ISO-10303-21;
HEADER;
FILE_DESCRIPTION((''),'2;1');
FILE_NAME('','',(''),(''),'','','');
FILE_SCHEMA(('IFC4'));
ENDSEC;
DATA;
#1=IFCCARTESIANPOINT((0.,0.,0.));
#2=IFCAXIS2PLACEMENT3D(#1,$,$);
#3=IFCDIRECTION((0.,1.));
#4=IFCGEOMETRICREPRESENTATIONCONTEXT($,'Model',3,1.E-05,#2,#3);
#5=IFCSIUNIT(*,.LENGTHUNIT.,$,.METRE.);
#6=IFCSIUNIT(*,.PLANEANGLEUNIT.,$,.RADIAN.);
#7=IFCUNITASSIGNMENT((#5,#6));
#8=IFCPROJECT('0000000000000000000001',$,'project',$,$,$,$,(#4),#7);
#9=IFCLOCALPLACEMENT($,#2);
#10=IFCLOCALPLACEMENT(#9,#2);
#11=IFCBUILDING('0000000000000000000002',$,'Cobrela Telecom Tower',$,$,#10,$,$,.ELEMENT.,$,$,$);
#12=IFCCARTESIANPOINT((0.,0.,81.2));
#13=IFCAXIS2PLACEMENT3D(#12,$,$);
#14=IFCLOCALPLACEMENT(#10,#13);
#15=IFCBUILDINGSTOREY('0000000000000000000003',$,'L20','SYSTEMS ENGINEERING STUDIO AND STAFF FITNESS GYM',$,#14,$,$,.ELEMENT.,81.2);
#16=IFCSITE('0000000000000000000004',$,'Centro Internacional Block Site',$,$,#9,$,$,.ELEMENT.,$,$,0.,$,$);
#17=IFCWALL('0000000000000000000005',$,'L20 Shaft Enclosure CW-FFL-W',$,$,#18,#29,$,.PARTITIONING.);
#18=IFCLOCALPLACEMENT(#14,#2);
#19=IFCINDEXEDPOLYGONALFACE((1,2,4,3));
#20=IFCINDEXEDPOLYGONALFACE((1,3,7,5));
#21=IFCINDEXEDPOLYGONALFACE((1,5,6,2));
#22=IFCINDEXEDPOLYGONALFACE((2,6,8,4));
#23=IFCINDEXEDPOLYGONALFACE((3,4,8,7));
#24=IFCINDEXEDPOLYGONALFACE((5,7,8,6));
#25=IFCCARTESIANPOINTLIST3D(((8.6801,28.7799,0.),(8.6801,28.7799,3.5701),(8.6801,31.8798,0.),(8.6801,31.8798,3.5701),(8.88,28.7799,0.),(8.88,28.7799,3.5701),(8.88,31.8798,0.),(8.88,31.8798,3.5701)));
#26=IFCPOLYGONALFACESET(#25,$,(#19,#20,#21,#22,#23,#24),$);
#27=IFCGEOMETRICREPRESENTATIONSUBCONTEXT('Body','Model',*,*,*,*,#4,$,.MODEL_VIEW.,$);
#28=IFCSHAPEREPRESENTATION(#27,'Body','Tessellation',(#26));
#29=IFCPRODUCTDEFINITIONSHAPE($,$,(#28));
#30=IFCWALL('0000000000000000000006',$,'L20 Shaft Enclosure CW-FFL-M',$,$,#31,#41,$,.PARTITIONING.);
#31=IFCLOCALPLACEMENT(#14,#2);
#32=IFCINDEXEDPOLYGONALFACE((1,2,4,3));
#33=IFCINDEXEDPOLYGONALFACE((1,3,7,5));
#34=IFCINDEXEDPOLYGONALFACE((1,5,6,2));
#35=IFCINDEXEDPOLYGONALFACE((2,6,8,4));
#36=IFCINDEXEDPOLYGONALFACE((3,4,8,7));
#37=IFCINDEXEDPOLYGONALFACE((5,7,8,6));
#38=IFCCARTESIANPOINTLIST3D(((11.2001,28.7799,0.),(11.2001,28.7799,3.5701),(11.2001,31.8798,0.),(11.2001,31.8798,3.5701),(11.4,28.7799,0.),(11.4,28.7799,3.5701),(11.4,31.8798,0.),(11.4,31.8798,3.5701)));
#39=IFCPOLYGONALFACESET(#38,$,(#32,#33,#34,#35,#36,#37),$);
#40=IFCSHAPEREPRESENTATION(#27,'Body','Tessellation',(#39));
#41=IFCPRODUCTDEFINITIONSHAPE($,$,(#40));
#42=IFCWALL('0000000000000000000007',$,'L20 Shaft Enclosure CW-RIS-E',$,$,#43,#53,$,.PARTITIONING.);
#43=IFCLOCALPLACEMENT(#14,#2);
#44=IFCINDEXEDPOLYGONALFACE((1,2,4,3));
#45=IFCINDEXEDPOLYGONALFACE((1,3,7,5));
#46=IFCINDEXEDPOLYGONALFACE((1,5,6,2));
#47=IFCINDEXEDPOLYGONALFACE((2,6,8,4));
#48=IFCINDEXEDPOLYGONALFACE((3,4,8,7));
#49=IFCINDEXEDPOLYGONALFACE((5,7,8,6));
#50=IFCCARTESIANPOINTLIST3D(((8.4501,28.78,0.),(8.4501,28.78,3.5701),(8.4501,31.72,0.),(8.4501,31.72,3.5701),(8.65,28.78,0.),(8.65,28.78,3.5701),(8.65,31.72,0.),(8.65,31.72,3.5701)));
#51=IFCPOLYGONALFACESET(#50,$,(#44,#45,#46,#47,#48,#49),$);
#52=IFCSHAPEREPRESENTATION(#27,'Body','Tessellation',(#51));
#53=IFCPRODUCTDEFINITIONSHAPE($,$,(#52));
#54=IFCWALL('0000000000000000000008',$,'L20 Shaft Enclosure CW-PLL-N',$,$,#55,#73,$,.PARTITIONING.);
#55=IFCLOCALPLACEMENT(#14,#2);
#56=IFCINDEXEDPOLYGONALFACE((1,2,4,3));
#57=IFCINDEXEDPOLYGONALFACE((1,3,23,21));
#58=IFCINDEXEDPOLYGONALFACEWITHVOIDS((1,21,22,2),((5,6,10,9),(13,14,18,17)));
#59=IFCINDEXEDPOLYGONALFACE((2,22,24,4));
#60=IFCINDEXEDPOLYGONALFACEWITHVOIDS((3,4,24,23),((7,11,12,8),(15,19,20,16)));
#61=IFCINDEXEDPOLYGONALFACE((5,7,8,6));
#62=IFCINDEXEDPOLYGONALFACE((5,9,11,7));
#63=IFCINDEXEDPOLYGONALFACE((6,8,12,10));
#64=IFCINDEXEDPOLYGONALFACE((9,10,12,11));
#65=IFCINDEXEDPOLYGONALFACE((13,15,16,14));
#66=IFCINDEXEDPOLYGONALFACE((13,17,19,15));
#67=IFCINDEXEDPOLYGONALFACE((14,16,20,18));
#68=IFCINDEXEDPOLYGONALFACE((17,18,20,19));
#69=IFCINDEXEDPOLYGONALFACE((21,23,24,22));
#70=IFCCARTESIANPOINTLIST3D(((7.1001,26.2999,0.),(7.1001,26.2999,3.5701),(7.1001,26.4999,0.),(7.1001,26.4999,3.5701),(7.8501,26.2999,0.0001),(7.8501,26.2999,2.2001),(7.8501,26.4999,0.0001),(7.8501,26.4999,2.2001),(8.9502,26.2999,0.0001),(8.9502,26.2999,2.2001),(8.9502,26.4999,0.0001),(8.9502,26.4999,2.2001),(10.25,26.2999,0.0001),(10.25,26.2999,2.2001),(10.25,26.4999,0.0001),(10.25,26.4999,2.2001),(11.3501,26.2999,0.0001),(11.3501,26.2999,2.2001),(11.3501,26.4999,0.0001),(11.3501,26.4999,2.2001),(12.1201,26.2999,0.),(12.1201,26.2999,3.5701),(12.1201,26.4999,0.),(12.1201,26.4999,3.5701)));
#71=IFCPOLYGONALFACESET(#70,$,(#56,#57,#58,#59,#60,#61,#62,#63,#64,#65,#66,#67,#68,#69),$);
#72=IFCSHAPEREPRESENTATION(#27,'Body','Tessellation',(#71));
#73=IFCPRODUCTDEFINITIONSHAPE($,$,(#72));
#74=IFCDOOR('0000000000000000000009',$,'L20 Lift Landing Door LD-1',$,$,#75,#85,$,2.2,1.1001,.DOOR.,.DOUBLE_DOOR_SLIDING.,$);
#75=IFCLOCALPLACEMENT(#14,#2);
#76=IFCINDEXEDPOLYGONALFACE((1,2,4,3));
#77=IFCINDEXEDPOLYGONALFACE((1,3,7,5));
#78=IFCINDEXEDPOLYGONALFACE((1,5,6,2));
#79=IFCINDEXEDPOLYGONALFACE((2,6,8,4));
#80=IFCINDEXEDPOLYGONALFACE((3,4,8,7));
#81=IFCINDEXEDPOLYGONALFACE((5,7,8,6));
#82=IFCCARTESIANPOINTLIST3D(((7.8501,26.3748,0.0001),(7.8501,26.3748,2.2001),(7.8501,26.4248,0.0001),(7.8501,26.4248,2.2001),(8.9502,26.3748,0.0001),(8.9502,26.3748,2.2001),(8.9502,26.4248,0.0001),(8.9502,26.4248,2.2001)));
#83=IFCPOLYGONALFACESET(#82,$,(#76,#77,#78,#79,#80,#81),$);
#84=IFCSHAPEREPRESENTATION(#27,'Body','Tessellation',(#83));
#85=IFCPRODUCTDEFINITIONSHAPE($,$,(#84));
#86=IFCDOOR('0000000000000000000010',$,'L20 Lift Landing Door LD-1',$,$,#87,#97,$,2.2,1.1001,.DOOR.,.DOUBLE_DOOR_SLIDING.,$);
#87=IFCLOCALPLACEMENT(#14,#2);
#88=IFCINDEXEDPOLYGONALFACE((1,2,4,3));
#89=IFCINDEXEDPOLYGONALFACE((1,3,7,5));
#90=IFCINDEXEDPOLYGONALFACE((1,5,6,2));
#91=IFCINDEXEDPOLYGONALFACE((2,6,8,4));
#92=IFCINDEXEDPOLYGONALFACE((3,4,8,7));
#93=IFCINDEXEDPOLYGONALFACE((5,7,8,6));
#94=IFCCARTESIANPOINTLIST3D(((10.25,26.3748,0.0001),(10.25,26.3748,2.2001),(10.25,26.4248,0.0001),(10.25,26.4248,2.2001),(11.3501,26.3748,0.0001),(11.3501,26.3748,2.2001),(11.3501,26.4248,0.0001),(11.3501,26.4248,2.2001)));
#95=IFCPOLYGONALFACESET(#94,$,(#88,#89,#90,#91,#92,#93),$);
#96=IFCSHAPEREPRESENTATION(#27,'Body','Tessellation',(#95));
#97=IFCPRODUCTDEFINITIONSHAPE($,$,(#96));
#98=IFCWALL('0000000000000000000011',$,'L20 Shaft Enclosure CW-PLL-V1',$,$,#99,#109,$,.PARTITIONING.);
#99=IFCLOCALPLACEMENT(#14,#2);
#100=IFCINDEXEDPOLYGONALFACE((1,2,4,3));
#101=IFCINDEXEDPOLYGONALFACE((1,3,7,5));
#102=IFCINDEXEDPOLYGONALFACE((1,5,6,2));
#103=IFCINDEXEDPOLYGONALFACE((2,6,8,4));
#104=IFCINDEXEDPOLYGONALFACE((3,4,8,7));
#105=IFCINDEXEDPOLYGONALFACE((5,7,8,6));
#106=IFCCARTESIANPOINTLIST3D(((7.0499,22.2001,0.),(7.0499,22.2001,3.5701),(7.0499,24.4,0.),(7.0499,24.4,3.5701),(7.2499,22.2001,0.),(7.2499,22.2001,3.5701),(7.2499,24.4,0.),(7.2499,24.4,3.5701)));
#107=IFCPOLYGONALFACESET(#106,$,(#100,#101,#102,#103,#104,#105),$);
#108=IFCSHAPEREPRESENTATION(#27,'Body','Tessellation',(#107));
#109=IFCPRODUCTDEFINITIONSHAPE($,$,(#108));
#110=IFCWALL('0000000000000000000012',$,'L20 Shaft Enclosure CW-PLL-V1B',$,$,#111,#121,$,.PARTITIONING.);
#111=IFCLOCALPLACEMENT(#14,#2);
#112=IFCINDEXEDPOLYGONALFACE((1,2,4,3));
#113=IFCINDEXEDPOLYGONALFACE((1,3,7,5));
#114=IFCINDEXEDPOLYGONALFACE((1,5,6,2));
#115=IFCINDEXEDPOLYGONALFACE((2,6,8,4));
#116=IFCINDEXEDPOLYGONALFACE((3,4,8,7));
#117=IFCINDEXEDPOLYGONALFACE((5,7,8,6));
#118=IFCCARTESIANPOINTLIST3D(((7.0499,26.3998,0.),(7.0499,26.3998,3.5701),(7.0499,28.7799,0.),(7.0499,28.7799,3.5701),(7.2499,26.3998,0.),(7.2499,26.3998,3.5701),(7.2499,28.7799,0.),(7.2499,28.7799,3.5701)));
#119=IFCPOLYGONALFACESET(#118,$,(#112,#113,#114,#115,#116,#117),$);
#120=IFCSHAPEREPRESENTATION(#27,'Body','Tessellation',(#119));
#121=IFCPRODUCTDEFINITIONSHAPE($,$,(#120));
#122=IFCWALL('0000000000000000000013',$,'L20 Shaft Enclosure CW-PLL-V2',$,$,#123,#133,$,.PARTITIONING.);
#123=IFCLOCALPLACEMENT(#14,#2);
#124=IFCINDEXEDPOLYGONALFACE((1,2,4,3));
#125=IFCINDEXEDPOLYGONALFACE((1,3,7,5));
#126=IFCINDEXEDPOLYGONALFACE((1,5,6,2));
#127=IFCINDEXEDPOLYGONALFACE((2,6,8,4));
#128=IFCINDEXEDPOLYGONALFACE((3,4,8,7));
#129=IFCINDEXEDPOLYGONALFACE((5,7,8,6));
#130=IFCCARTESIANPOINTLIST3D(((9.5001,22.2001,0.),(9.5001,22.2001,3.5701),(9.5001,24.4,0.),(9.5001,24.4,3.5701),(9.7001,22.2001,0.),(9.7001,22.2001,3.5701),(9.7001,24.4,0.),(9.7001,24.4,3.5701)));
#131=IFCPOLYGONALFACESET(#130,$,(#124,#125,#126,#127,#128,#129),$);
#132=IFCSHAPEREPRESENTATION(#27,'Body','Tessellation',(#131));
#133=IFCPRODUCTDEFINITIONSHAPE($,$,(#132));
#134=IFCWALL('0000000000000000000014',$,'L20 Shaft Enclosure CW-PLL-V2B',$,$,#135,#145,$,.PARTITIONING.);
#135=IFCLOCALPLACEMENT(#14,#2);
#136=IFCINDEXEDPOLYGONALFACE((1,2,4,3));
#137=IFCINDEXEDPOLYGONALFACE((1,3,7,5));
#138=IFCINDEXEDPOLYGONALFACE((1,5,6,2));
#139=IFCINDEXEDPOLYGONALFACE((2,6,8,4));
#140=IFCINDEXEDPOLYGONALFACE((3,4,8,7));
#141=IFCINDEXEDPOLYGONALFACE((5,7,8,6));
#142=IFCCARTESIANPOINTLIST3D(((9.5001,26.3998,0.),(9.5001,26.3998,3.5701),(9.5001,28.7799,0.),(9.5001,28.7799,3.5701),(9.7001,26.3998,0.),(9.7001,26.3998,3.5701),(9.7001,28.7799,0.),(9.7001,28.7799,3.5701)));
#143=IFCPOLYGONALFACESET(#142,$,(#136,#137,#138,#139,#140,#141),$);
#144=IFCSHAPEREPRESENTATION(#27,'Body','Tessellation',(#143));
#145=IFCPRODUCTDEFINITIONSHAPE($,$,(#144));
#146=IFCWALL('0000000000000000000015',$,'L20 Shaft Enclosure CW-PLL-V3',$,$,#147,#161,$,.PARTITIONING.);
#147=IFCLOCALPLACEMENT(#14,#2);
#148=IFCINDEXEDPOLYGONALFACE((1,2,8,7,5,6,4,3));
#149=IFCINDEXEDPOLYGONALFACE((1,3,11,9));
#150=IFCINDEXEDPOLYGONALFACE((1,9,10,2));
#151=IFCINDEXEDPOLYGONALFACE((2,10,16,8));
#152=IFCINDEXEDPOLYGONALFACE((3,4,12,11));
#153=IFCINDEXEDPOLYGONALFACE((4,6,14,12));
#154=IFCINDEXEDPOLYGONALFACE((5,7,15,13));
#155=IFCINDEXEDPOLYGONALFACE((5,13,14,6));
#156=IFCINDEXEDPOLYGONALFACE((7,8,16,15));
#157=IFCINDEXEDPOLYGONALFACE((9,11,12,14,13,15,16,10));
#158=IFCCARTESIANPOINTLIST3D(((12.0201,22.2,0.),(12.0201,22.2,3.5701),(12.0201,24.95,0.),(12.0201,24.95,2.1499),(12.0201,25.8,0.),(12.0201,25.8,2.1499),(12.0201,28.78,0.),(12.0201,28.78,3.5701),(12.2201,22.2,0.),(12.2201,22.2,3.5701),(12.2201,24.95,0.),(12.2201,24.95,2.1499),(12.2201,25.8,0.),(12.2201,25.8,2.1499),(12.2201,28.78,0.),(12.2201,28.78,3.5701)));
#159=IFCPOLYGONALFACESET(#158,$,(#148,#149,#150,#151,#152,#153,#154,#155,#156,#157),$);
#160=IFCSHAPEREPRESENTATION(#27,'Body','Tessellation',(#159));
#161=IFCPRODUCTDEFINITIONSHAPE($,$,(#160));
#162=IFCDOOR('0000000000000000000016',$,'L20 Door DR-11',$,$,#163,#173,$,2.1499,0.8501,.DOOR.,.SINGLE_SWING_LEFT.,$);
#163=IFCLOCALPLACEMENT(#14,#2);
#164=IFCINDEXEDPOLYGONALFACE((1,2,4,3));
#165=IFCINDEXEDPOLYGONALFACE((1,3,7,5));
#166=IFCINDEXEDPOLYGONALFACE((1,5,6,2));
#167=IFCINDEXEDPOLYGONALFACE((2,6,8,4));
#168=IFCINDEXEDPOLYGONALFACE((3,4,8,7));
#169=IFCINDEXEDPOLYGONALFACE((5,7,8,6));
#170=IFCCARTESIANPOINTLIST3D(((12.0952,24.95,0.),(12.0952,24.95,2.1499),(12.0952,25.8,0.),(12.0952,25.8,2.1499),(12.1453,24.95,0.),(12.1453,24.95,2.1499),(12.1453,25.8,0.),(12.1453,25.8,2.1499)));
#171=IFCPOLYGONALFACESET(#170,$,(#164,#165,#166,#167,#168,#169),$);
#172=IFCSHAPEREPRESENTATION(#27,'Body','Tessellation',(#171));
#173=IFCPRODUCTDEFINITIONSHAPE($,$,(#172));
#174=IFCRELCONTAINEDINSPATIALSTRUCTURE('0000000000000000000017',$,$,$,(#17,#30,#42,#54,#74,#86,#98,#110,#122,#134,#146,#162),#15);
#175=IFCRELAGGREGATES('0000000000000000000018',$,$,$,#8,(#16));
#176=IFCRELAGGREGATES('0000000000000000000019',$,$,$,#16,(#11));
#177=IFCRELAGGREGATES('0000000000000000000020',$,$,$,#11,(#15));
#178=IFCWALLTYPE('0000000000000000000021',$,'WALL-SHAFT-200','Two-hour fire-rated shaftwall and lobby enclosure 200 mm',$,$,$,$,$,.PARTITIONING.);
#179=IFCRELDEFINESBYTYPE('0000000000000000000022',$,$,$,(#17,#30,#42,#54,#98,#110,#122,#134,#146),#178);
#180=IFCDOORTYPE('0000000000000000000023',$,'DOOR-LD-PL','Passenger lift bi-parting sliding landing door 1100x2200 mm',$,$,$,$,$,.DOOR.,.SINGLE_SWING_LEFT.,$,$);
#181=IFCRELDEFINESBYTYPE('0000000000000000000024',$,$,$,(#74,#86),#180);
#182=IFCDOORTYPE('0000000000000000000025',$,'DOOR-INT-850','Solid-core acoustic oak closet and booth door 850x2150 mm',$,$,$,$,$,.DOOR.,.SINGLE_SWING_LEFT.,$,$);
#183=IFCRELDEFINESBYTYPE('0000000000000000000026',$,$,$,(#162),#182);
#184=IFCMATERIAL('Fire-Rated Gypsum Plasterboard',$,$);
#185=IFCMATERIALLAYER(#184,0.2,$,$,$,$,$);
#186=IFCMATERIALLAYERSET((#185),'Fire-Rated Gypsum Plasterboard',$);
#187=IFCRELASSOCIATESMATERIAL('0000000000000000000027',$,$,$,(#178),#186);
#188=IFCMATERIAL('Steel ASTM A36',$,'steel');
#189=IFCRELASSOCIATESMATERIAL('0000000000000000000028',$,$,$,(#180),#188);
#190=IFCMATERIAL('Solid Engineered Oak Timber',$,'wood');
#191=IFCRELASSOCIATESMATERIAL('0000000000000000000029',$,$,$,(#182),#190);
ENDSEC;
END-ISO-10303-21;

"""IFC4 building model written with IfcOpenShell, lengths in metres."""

from ifc_helpers import new_model, si_unit, direction, frame, frame_2d, origin, place, context, subcontext, project, spatial, rectangle, extrude, material, layer, layer_set, type_object, element, fill, save


model = new_model("IFC4")

# Units and contexts
model_context = context("Model", 3, precision=1e-05, world=origin(), true_north=direction((0.0, 1.0)))
body_context = subcontext(model_context, "Body", "Model", "MODEL_VIEW")
ifc_project = project(units=[si_unit("LENGTHUNIT", "METRE"), si_unit("PLANEANGLEUNIT", "RADIAN")], contexts=[model_context])

# Site, building, storey
site_placement = place(None, origin())
site = spatial("IfcSite", under=ifc_project, at=site_placement, Name="Centro Internacional Block Site", CompositionType="ELEMENT", RefElevation=0.0)
building_placement = place(site_placement, origin())
building = spatial("IfcBuilding", under=site, at=building_placement, Name="Cobrela Telecom Tower", CompositionType="ELEMENT")
storey_placement = place(building_placement, frame((0.0, 0.0, 81.2)))
storey = spatial("IfcBuildingStorey", under=building, at=storey_placement, Name="L20", Description="SYSTEMS ENGINEERING STUDIO AND STAFF FITNESS GYM", CompositionType="ELEMENT", Elevation=81.2)

# Shared definitions
ifc_material_1 = material(Name="Steel ASTM A36", Category="steel")

# Shared definitions
ifc_material_2 = material(Name="Fire-Rated Gypsum Plasterboard")

# Shared definitions
ifc_layer_1 = layer(ifc_material_2, 0.2)
ifc_layer_set_1 = layer_set([ifc_layer_1], Name="Fire-Rated Gypsum Plasterboard")
wall_type_1 = type_object("IfcWallType", Name="WALL-SHAFT-200", Description="Two-hour fire-rated shaftwall and lobby enclosure 200 mm", PredefinedType="PARTITIONING", material=ifc_layer_set_1)

# Walls
for number, where, z_axis, x_axis, name in (
    (1, (8.78, 28.78, 0.0), (0.0, 0.0, 1.0), (0.0, 1.0, 0.0), "L20 Shaft Enclosure CW-FFL-W"),
    (2, (11.3, 28.78, 0.0), (0.0, 0.0, 1.0), (0.0, 1.0, 0.0), "L20 Shaft Enclosure CW-FFL-M"),
):
    element("IfcWall", number, at=place(storey_placement, frame(where, z_axis=z_axis, x_axis=x_axis)), inside=storey, type_object=wall_type_1, Name=name, PredefinedType="PARTITIONING", context=body_context, shape_type="SweptSolid", body=[
        extrude(rectangle(XDim=3.0999, YDim=0.2, at=frame_2d((1.5498, 0.0))), origin(), (0.0, 0.0, 1.0), 3.5701),
    ])
wall_1_placement = place(storey_placement, frame((8.55, 28.78, 0.0), z_axis=(0.0, 0.0, 1.0), x_axis=(0.0, 1.0, 0.0)))
element("IfcWall", 3, at=wall_1_placement, inside=storey, type_object=wall_type_1, Name="L20 Shaft Enclosure CW-RIS-E", PredefinedType="PARTITIONING", context=body_context, shape_type="SweptSolid", body=[
    extrude(rectangle(XDim=2.9399, YDim=0.2, at=frame_2d((1.47, 0.0))), origin(), (0.0, 0.0, 1.0), 3.5701),
])

# Wall, openings, doors
wall_2_placement = place(storey_placement, frame((7.1001, 26.3999, 0.0), z_axis=(0.0, 0.0, 1.0), x_axis=(1.0, 0.0, 0.0)))
wall_2 = element("IfcWall", 4, at=wall_2_placement, inside=storey, type_object=wall_type_1, Name="L20 Shaft Enclosure CW-PLL-N", PredefinedType="PARTITIONING", context=body_context, shape_type="SweptSolid", body=[
    extrude(rectangle(XDim=5.02, YDim=0.2, at=frame_2d((2.51, 0.0))), origin(), (0.0, 0.0, 1.0), 3.5701),
])
opening_1_placement = place(wall_2_placement, frame((0.75, 0.0, 0.0)))
opening_1 = element("IfcOpeningElement", 5, at=opening_1_placement, cuts=wall_2, PredefinedType="OPENING", context=body_context, shape_type="SweptSolid", body=[
    extrude(rectangle(XDim=1.1001, YDim=2.2, at=frame_2d((0.55, 1.1001))), frame((0.0, 0.1118, 0.0), z_axis=(0.0, -1.0, 0.0), x_axis=(1.0, 0.0, 0.0)), (0.0, 0.0, 1.0), 0.2239),
])
opening_2_placement = place(wall_2_placement, frame((3.1499, 0.0, 0.0)))
opening_2 = element("IfcOpeningElement", 6, at=opening_2_placement, cuts=wall_2, PredefinedType="OPENING", context=body_context, shape_type="SweptSolid", body=[
    extrude(rectangle(XDim=1.1001, YDim=2.2, at=frame_2d((0.55, 1.1001))), frame((0.0, 0.1118, 0.0), z_axis=(0.0, -1.0, 0.0), x_axis=(1.0, 0.0, 0.0)), (0.0, 0.0, 1.0), 0.2239),
])
door_type_1 = type_object("IfcDoorType", Name="DOOR-LD-PL", Description="Passenger lift bi-parting sliding landing door 1100x2200 mm", OperationType="SINGLE_SWING_LEFT", PredefinedType="DOOR", material=ifc_material_1)
door_1_placement = place(opening_1_placement, origin())
door_1 = element("IfcDoor", 7, at=door_1_placement, inside=storey, type_object=door_type_1, Name="L20 Lift Landing Door LD-1", OperationType="DOUBLE_DOOR_SLIDING", OverallHeight=2.2, OverallWidth=1.1001, PredefinedType="DOOR", context=body_context, shape_type="SweptSolid", body=[
    extrude(rectangle(XDim=1.1001, YDim=2.2, at=frame_2d((0.55, 1.1001))), frame((0.0, 0.0249, 0.0), z_axis=(0.0, -1.0, 0.0), x_axis=(1.0, 0.0, 0.0)), (0.0, 0.0, 1.0), 0.05),
])
fill(opening_1, door_1)
door_2_placement = place(opening_2_placement, origin())
door_2 = element("IfcDoor", 8, at=door_2_placement, inside=storey, type_object=door_type_1, Name="L20 Lift Landing Door LD-1", OperationType="DOUBLE_DOOR_SLIDING", OverallHeight=2.2, OverallWidth=1.1001, PredefinedType="DOOR", context=body_context, shape_type="SweptSolid", body=[
    extrude(rectangle(XDim=1.1001, YDim=2.2, at=frame_2d((0.55, 1.1001))), frame((0.0, 0.0249, 0.0), z_axis=(0.0, -1.0, 0.0), x_axis=(1.0, 0.0, 0.0)), (0.0, 0.0, 1.0), 0.05),
])
fill(opening_2, door_2)

# Walls
wall_3_placement = place(storey_placement, frame((7.1499, 22.2, 0.0), z_axis=(0.0, 0.0, 1.0), x_axis=(0.0, 1.0, 0.0)))
element("IfcWall", 9, at=wall_3_placement, inside=storey, type_object=wall_type_1, Name="L20 Shaft Enclosure CW-PLL-V1", PredefinedType="PARTITIONING", context=body_context, shape_type="SweptSolid", body=[
    extrude(rectangle(XDim=2.2, YDim=0.2, at=frame_2d((1.1001, 0.0))), origin(), (0.0, 0.0, 1.0), 3.5701),
])
wall_4_placement = place(storey_placement, frame((7.1499, 26.3999, 0.0), z_axis=(0.0, 0.0, 1.0), x_axis=(0.0, 1.0, 0.0)))
element("IfcWall", 10, at=wall_4_placement, inside=storey, type_object=wall_type_1, Name="L20 Shaft Enclosure CW-PLL-V1B", PredefinedType="PARTITIONING", context=body_context, shape_type="SweptSolid", body=[
    extrude(rectangle(XDim=2.3801, YDim=0.2, at=frame_2d((1.1899, 0.0))), origin(), (0.0, 0.0, 1.0), 3.5701),
])
wall_5_placement = place(storey_placement, frame((9.6001, 22.2, 0.0), z_axis=(0.0, 0.0, 1.0), x_axis=(0.0, 1.0, 0.0)))
element("IfcWall", 11, at=wall_5_placement, inside=storey, type_object=wall_type_1, Name="L20 Shaft Enclosure CW-PLL-V2", PredefinedType="PARTITIONING", context=body_context, shape_type="SweptSolid", body=[
    extrude(rectangle(XDim=2.2, YDim=0.2, at=frame_2d((1.1001, 0.0))), origin(), (0.0, 0.0, 1.0), 3.5701),
])
wall_6_placement = place(storey_placement, frame((9.6001, 26.3999, 0.0), z_axis=(0.0, 0.0, 1.0), x_axis=(0.0, 1.0, 0.0)))
element("IfcWall", 12, at=wall_6_placement, inside=storey, type_object=wall_type_1, Name="L20 Shaft Enclosure CW-PLL-V2B", PredefinedType="PARTITIONING", context=body_context, shape_type="SweptSolid", body=[
    extrude(rectangle(XDim=2.3801, YDim=0.2, at=frame_2d((1.1899, 0.0))), origin(), (0.0, 0.0, 1.0), 3.5701),
])

# Wall, opening, door
wall_7_placement = place(storey_placement, frame((12.1201, 22.2, 0.0), z_axis=(0.0, 0.0, 1.0), x_axis=(0.0, 1.0, 0.0)))
wall_7 = element("IfcWall", 13, at=wall_7_placement, inside=storey, type_object=wall_type_1, Name="L20 Shaft Enclosure CW-PLL-V3", PredefinedType="PARTITIONING", context=body_context, shape_type="SweptSolid", body=[
    extrude(rectangle(XDim=6.5801, YDim=0.2, at=frame_2d((3.29, 0.0))), origin(), (0.0, 0.0, 1.0), 3.5701),
])
opening_3_placement = place(wall_7_placement, frame((2.75, 0.0, 0.0)))
opening_3 = element("IfcOpeningElement", 14, at=opening_3_placement, cuts=wall_7, PredefinedType="OPENING", context=body_context, shape_type="SweptSolid", body=[
    extrude(rectangle(XDim=0.8501, YDim=2.1499, at=frame_2d((0.425, 1.075))), frame((0.0, 0.1118, 0.0), z_axis=(0.0, -1.0, 0.0), x_axis=(1.0, 0.0, 0.0)), (0.0, 0.0, 1.0), 0.2239),
])
ifc_material_3 = material(Name="Solid Engineered Oak Timber", Category="wood")
door_type_2 = type_object("IfcDoorType", Name="DOOR-INT-850", Description="Solid-core acoustic oak closet and booth door 850x2150 mm", OperationType="SINGLE_SWING_LEFT", PredefinedType="DOOR", material=ifc_material_3)
door_3_placement = place(opening_3_placement, origin())
door_3 = element("IfcDoor", 15, at=door_3_placement, inside=storey, type_object=door_type_2, Name="L20 Door DR-11", OperationType="SINGLE_SWING_LEFT", OverallHeight=2.1499, OverallWidth=0.8501, PredefinedType="DOOR", context=body_context, shape_type="SweptSolid", body=[
    extrude(rectangle(XDim=0.8501, YDim=2.1499, at=frame_2d((0.425, 1.075))), frame((0.0, 0.0249, 0.0), z_axis=(0.0, -1.0, 0.0), x_axis=(1.0, 0.0, 0.0)), (0.0, 0.0, 1.0), 0.05),
])
fill(opening_3, door_3)

save(model, "model.ifc")
